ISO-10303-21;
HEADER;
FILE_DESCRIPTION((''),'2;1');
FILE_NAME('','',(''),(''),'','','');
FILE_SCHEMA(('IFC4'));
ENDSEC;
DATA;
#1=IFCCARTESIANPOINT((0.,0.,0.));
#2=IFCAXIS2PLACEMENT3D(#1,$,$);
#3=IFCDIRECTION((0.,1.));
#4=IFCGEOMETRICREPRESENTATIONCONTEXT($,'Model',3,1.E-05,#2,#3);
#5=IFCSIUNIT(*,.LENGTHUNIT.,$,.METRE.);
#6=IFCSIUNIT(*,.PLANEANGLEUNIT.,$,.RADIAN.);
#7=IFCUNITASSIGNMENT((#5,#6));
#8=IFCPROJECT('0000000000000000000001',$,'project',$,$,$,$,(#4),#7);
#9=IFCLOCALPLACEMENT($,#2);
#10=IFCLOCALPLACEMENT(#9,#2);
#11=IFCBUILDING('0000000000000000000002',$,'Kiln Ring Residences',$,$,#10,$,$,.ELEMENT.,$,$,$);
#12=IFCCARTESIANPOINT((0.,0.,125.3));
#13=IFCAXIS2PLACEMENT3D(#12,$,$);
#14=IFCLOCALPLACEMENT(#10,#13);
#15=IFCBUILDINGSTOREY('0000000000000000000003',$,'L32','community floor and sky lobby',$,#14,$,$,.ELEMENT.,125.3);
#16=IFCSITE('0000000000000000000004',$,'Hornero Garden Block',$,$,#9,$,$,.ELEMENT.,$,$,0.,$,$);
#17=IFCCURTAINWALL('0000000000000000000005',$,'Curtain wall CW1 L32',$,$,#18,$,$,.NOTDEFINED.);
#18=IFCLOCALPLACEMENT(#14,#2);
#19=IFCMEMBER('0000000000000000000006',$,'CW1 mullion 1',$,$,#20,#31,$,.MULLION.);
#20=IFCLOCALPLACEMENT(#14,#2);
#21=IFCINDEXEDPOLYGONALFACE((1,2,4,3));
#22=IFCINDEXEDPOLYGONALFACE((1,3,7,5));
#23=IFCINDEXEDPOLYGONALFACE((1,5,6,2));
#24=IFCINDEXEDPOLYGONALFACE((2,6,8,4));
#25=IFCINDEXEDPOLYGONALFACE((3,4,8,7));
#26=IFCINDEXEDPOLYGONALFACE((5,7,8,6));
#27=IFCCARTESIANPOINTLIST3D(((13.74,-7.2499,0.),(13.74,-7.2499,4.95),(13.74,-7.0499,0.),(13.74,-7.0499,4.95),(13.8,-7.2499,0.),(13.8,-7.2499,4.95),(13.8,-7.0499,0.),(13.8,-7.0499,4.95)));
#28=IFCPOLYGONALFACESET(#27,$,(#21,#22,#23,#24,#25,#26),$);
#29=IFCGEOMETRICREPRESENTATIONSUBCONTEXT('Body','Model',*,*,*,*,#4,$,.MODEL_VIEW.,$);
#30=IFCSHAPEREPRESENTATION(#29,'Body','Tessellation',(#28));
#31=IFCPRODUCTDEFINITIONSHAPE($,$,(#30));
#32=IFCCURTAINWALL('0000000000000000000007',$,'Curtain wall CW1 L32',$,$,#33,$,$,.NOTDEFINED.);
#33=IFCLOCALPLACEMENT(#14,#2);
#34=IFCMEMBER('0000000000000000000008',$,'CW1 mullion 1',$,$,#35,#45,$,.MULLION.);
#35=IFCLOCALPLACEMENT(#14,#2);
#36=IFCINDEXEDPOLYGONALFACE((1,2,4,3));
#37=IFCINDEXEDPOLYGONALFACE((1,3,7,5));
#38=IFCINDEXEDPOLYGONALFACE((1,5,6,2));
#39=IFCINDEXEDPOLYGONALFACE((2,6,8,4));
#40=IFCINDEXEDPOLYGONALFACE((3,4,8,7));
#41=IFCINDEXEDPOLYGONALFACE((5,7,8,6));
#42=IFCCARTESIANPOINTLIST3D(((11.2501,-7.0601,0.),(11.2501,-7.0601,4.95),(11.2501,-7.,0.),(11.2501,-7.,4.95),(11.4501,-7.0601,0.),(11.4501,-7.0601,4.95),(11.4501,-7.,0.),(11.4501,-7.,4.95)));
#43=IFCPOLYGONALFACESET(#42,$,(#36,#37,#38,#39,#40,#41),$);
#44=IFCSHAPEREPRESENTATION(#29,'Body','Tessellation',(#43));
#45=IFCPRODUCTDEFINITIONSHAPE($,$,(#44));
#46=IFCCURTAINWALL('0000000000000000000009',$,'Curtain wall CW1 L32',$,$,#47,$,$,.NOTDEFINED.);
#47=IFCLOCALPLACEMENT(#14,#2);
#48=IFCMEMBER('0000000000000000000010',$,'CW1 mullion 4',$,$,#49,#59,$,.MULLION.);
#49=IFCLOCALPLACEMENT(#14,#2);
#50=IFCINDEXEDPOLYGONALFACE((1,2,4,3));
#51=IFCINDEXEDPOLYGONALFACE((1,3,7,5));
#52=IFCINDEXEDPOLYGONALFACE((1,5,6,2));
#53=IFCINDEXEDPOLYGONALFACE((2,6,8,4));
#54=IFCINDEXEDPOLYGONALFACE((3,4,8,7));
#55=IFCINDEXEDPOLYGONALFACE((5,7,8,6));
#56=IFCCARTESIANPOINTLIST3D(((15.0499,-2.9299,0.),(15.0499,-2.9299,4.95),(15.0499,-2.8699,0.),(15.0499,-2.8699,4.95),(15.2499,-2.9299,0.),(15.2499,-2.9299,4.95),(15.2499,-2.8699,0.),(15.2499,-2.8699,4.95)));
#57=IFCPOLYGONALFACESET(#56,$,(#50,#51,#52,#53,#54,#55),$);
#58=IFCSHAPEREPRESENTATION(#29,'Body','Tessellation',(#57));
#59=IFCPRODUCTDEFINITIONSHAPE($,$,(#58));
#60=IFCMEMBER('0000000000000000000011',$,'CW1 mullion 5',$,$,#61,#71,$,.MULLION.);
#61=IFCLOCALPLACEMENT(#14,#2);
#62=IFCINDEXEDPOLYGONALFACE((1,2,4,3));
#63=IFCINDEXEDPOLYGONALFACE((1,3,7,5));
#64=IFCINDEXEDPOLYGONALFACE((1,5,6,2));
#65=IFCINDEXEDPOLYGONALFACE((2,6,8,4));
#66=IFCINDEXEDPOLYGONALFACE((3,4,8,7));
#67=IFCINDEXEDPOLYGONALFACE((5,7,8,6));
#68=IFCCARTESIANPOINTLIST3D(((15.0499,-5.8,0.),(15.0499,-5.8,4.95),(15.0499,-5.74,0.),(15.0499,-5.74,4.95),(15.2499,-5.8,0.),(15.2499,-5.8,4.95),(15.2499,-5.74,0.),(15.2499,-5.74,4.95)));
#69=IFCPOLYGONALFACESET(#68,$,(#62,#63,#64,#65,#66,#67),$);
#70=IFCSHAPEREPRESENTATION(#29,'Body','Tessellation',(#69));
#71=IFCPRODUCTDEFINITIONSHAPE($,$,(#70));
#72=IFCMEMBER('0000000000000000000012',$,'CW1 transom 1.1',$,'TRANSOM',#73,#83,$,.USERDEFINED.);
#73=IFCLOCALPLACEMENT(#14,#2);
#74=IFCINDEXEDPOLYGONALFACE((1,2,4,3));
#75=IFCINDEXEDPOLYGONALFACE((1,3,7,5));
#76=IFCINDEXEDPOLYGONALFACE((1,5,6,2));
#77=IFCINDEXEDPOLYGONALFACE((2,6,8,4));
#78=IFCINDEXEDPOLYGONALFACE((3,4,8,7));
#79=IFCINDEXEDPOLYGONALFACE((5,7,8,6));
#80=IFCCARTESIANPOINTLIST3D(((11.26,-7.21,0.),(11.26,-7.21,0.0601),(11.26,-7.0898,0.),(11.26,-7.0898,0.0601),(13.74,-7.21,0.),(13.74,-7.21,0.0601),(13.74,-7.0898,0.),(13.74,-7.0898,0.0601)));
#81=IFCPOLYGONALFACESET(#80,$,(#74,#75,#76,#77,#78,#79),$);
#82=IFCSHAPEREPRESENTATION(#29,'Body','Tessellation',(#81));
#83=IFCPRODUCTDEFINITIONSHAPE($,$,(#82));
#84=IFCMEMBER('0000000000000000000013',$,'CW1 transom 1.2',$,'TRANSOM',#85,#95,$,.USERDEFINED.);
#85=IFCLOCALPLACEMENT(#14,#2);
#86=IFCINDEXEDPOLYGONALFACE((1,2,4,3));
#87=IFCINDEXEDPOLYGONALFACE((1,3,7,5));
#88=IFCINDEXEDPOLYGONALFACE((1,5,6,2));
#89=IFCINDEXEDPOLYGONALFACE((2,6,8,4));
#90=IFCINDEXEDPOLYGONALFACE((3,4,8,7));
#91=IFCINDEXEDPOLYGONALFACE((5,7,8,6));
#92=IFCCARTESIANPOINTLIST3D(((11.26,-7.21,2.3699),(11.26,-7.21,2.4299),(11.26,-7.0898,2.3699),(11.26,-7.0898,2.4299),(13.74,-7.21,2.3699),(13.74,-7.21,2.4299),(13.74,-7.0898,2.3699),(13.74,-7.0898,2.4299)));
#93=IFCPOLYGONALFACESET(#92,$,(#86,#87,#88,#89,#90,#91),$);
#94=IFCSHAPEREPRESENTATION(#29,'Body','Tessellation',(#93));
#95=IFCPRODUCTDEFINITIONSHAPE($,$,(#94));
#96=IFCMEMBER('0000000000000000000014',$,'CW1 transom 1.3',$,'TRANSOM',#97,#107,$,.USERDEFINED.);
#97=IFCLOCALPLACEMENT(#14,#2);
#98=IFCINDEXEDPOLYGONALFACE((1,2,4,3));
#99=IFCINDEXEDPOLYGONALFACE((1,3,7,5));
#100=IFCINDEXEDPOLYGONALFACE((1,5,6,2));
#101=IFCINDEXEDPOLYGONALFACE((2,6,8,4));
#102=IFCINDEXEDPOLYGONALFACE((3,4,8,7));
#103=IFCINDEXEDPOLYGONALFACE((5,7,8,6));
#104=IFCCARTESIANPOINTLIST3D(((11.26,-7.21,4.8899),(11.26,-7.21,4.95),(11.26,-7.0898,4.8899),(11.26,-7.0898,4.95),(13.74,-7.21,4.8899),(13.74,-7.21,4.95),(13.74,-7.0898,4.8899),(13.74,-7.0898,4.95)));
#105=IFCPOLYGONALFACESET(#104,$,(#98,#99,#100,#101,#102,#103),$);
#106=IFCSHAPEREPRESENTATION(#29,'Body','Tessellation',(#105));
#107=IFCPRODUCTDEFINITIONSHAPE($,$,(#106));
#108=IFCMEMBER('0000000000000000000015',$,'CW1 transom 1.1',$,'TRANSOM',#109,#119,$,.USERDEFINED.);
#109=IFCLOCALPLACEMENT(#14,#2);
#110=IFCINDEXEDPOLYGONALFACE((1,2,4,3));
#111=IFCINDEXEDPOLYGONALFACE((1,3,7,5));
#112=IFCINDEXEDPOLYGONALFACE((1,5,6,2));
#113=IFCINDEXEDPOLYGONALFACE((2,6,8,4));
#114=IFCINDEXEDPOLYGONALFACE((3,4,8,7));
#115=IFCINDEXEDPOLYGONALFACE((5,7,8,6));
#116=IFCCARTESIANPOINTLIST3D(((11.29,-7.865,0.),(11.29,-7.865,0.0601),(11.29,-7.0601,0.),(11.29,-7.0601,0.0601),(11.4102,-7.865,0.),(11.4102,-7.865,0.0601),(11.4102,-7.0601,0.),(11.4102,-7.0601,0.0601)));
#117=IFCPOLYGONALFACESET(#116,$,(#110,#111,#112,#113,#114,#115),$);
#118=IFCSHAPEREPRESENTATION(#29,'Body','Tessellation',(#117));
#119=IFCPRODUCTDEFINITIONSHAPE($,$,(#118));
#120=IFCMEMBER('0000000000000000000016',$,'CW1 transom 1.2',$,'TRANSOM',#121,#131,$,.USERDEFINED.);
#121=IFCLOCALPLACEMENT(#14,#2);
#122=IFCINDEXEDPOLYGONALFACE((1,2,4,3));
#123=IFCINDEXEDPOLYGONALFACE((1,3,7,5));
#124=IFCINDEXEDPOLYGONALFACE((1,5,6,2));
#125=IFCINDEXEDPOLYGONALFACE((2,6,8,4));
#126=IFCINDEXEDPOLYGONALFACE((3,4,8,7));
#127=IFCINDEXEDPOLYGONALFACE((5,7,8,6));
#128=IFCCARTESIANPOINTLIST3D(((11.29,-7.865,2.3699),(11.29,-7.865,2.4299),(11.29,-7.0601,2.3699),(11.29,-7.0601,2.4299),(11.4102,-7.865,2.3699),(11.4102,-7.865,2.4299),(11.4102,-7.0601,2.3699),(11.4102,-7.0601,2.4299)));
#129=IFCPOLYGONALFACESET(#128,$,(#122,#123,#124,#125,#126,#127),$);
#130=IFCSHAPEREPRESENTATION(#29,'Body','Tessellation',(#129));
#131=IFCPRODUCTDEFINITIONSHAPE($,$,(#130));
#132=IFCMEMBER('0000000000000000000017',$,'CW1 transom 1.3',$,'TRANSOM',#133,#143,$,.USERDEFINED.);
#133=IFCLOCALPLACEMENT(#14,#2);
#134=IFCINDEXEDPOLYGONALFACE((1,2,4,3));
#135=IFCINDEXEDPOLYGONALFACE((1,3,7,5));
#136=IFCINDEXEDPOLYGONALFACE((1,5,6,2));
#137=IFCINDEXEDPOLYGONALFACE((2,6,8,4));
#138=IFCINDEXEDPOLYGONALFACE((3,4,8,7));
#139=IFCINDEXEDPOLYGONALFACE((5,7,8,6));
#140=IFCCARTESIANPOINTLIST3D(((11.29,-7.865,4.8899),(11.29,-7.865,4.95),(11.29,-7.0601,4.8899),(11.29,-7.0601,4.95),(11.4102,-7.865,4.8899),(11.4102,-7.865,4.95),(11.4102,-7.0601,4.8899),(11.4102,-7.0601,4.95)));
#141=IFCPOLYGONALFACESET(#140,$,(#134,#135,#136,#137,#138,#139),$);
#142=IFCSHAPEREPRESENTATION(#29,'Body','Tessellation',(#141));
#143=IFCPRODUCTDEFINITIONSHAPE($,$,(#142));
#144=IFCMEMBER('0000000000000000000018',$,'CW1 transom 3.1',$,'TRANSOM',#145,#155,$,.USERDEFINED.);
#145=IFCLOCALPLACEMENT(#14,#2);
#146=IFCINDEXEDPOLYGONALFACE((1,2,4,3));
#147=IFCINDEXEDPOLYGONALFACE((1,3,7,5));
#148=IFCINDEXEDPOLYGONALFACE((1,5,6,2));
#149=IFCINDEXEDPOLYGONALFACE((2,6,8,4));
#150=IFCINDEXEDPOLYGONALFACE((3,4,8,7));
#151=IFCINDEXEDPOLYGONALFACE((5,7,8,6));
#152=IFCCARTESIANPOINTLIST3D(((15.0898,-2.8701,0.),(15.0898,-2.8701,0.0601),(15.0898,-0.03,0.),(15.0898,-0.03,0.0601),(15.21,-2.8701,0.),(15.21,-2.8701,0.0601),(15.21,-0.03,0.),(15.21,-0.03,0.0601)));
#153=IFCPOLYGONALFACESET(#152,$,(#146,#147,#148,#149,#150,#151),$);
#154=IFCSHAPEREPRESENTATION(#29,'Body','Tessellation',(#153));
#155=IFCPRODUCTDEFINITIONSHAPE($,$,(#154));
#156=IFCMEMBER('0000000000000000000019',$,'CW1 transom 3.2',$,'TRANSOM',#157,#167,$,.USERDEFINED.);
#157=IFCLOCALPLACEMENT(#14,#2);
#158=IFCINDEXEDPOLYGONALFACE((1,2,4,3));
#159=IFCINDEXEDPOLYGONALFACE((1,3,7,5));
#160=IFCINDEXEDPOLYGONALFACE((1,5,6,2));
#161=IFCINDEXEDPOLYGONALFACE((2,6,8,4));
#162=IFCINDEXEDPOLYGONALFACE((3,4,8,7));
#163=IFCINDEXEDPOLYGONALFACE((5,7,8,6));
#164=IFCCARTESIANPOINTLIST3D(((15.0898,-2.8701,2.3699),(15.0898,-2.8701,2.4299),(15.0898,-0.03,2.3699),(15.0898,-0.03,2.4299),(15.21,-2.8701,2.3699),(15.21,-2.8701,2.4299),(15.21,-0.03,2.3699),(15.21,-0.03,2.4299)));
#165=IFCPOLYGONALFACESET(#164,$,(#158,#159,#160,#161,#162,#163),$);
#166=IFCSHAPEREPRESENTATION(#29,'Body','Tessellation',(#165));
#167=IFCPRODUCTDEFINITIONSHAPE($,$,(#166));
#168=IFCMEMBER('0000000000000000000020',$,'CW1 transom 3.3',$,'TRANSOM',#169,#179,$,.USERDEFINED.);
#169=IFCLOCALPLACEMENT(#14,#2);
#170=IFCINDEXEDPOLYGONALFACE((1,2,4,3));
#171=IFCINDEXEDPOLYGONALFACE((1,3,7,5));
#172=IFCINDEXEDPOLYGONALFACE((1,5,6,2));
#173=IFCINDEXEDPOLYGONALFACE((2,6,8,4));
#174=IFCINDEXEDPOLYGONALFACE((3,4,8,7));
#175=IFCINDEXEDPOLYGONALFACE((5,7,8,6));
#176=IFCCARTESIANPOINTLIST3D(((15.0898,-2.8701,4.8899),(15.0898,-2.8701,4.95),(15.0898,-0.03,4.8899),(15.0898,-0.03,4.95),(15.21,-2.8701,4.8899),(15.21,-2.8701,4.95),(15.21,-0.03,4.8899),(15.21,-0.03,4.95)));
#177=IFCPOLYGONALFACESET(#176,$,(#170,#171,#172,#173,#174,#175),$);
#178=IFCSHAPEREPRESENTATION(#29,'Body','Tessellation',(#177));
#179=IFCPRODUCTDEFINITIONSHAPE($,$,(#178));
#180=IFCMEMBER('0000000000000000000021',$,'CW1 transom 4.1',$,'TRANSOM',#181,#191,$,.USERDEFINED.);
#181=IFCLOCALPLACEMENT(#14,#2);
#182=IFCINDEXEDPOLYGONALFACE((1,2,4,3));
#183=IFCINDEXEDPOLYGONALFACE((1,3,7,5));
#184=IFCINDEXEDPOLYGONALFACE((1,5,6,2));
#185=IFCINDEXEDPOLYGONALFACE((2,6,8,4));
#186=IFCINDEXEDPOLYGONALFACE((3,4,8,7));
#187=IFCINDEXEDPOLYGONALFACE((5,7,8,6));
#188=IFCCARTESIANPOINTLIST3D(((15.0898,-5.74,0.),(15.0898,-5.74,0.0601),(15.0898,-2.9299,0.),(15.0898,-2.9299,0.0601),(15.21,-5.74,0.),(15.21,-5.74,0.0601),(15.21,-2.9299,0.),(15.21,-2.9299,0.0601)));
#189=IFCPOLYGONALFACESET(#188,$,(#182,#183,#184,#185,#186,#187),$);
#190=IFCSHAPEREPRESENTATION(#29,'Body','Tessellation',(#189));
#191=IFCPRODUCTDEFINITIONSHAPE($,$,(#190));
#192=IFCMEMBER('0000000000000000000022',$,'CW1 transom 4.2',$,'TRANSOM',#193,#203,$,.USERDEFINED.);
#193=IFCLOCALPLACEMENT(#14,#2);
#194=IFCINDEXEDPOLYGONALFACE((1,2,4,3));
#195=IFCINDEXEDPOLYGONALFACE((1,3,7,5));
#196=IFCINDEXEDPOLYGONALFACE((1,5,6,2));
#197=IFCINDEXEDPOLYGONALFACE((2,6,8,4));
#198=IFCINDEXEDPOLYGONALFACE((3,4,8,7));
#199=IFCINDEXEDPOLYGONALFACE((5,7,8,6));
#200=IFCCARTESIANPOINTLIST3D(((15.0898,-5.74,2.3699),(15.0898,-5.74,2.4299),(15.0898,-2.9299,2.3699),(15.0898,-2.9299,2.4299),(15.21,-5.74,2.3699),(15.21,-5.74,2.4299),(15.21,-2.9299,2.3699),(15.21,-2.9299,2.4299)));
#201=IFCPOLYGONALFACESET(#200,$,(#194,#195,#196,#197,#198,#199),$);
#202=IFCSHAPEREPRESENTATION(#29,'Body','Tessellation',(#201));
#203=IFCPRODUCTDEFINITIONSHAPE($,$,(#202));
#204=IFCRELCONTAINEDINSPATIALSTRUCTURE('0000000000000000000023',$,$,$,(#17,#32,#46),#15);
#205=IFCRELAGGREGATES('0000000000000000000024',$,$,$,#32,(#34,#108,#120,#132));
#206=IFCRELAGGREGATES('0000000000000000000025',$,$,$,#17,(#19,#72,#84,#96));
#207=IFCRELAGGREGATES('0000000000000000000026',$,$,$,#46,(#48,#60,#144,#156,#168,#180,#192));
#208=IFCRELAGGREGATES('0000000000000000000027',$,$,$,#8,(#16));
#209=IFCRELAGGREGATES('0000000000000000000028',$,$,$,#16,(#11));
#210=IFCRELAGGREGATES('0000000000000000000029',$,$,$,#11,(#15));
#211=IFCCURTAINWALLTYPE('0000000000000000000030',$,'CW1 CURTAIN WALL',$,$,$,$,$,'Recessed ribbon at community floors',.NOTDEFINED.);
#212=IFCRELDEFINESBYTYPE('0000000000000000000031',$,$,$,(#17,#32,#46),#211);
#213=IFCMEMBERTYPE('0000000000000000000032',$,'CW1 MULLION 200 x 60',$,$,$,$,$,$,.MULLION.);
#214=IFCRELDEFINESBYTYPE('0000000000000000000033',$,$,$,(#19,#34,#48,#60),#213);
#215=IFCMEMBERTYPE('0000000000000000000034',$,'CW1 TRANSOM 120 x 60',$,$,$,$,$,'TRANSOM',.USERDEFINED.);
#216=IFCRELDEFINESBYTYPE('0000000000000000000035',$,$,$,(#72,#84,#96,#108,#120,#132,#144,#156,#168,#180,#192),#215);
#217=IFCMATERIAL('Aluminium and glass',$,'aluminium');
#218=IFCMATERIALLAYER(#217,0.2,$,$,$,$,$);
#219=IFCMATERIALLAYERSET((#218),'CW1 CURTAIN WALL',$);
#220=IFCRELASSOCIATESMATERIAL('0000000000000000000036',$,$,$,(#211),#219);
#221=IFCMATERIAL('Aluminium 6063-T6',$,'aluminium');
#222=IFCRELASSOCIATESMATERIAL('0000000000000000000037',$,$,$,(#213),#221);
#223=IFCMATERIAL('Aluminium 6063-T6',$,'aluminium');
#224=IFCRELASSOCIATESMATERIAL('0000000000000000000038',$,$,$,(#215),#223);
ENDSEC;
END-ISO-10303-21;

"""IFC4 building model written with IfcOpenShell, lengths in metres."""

from ifc_helpers import new_model, si_unit, direction, frame, origin, origin_2d, place, context, subcontext, project, spatial, rectangle, extrude, material, layer, layer_set, material_profile, profile_set, type_object, element, aggregate, save


model = new_model("IFC4")

# Units and contexts
model_context = context("Model", 3, precision=1e-05, world=origin(), true_north=direction((0.0, 1.0)))
body_context = subcontext(model_context, "Body", "Model", "MODEL_VIEW")
ifc_project = project(units=[si_unit("LENGTHUNIT", "METRE"), si_unit("PLANEANGLEUNIT", "RADIAN")], contexts=[model_context])

# Site, building, storey
site_placement = place(None, origin())
site = spatial("IfcSite", under=ifc_project, at=site_placement, Name="Hornero Garden Block", CompositionType="ELEMENT", RefElevation=0.0)
building_placement = place(site_placement, origin())
building = spatial("IfcBuilding", under=site, at=building_placement, Name="Kiln Ring Residences", CompositionType="ELEMENT")
storey_placement = place(building_placement, frame((0.0, 0.0, 125.3)))
storey = spatial("IfcBuildingStorey", under=building, at=storey_placement, Name="L32", Description="community floor and sky lobby", CompositionType="ELEMENT", Elevation=125.3)

# Curtain walls, members
ifc_material_1 = material(Name="Aluminium and glass", Category="aluminium")
ifc_layer_1 = layer(ifc_material_1, 0.2)
ifc_layer_set_1 = layer_set([ifc_layer_1], Name="CW1 CURTAIN WALL")
curtain_wall_type = type_object("IfcCurtainWallType", Name="CW1 CURTAIN WALL", ElementType="Recessed ribbon at community floors", PredefinedType="NOTDEFINED", material=ifc_layer_set_1)
placement = place(storey_placement, origin())
curtain_wall_1 = element("IfcCurtainWall", 1, at=placement, inside=storey, type_object=curtain_wall_type, Name="Curtain wall CW1 L32", PredefinedType="NOTDEFINED")
ifc_material_2 = material(Name="Aluminium 6063-T6", Category="aluminium")
ifc_material_profile_1 = material_profile(ifc_material_2, rectangle(XDim=0.2, YDim=0.0601, at=origin_2d()), Name="AL 200x60")
ifc_profile_set_1 = profile_set([ifc_material_profile_1], Name="Aluminium 6063-T6")
member_type_1 = type_object("IfcMemberType", Name="CW1 MULLION 200 x 60", PredefinedType="MULLION", material=ifc_profile_set_1)
member_1_placement = place(storey_placement, frame((13.77, -7.1499, 0.0), z_axis=(0.0, 0.0, 1.0), x_axis=(0.0, -1.0, 0.0)))
member_1 = element("IfcMember", 2, at=member_1_placement, type_object=member_type_1, Name="CW1 mullion 1", PredefinedType="MULLION", context=body_context, shape_type="SweptSolid", body=[
    extrude(rectangle(XDim=0.2, YDim=0.0601, at=origin_2d()), origin(), (0.0, 0.0, 1.0), 4.95),
])
curtain_wall_2 = element("IfcCurtainWall", 3, at=placement, inside=storey, type_object=curtain_wall_type, Name="Curtain wall CW1 L32", PredefinedType="NOTDEFINED")
member_2_placement = place(storey_placement, frame((11.3501, -7.03, 0.0), z_axis=(0.0, 0.0, 1.0), x_axis=(1.0, 0.0, 0.0)))
member_2 = element("IfcMember", 4, at=member_2_placement, type_object=member_type_1, Name="CW1 mullion 1", PredefinedType="MULLION", context=body_context, shape_type="SweptSolid", body=[
    extrude(rectangle(XDim=0.2, YDim=0.0601, at=origin_2d()), origin(), (0.0, 0.0, 1.0), 4.95),
])

# Curtain wall, members
curtain_wall_3 = element("IfcCurtainWall", 5, at=placement, inside=storey, type_object=curtain_wall_type, Name="Curtain wall CW1 L32", PredefinedType="NOTDEFINED")
member_3_placement = place(storey_placement, frame((15.1499, -2.8999, 0.0), z_axis=(0.0, 0.0, 1.0), x_axis=(1.0, 0.0, 0.0)))
member_3 = element("IfcMember", 6, at=member_3_placement, type_object=member_type_1, Name="CW1 mullion 4", PredefinedType="MULLION", context=body_context, shape_type="SweptSolid", body=[
    extrude(rectangle(XDim=0.2, YDim=0.0601, at=origin_2d()), origin(), (0.0, 0.0, 1.0), 4.95),
])
member_4_placement = place(storey_placement, frame((15.1499, -5.77, 0.0), z_axis=(0.0, 0.0, 1.0), x_axis=(1.0, 0.0, 0.0)))
member_4 = element("IfcMember", 7, at=member_4_placement, type_object=member_type_1, Name="CW1 mullion 5", PredefinedType="MULLION", context=body_context, shape_type="SweptSolid", body=[
    extrude(rectangle(XDim=0.2, YDim=0.0601, at=origin_2d()), origin(), (0.0, 0.0, 1.0), 4.95),
])

# Members
ifc_material_3 = material(Name="Aluminium 6063-T6", Category="aluminium")
ifc_material_profile_2 = material_profile(ifc_material_3, rectangle(XDim=0.1201, YDim=0.0601, at=origin_2d()), Name="AL 120x60")
ifc_profile_set_2 = profile_set([ifc_material_profile_2], Name="Aluminium 6063-T6")
member_type_2 = type_object("IfcMemberType", Name="CW1 TRANSOM 120 x 60", ElementType="TRANSOM", PredefinedType="USERDEFINED", material=ifc_profile_set_2)
member_5_placement = place(storey_placement, frame((13.74, -7.1499, 0.03), z_axis=(-1.0, 0.0, 0.0), x_axis=(0.0, -1.0, 0.0)))
member_5 = element("IfcMember", 8, at=member_5_placement, type_object=member_type_2, Name="CW1 transom 1.1", ObjectType="TRANSOM", PredefinedType="USERDEFINED", context=body_context, shape_type="SweptSolid", body=[
    extrude(rectangle(XDim=0.1201, YDim=0.0601, at=origin_2d()), origin(), (0.0, 0.0, 1.0), 2.48),
])
member_6_placement = place(storey_placement, frame((13.74, -7.1499, 2.3999), z_axis=(-1.0, 0.0, 0.0), x_axis=(0.0, -1.0, 0.0)))
member_6 = element("IfcMember", 9, at=member_6_placement, type_object=member_type_2, Name="CW1 transom 1.2", ObjectType="TRANSOM", PredefinedType="USERDEFINED", context=body_context, shape_type="SweptSolid", body=[
    extrude(rectangle(XDim=0.1201, YDim=0.0601, at=origin_2d()), origin(), (0.0, 0.0, 1.0), 2.48),
])
member_7_placement = place(storey_placement, frame((13.74, -7.1499, 4.9199), z_axis=(-1.0, 0.0, 0.0), x_axis=(0.0, -1.0, 0.0)))
member_7 = element("IfcMember", 10, at=member_7_placement, type_object=member_type_2, Name="CW1 transom 1.3", ObjectType="TRANSOM", PredefinedType="USERDEFINED", context=body_context, shape_type="SweptSolid", body=[
    extrude(rectangle(XDim=0.1201, YDim=0.0601, at=origin_2d()), origin(), (0.0, 0.0, 1.0), 2.48),
])
member_8_placement = place(storey_placement, frame((11.3501, -7.0601, 0.03), z_axis=(0.0, -1.0, 0.0), x_axis=(1.0, 0.0, 0.0)))
member_8 = element("IfcMember", 11, at=member_8_placement, type_object=member_type_2, Name="CW1 transom 1.1", ObjectType="TRANSOM", PredefinedType="USERDEFINED", context=body_context, shape_type="SweptSolid", body=[
    extrude(rectangle(XDim=0.1201, YDim=0.0601, at=origin_2d()), origin(), (0.0, 0.0, 1.0), 0.8049),
])
member_9_placement = place(storey_placement, frame((11.3501, -7.0601, 2.3999), z_axis=(0.0, -1.0, 0.0), x_axis=(1.0, 0.0, 0.0)))
member_9 = element("IfcMember", 12, at=member_9_placement, type_object=member_type_2, Name="CW1 transom 1.2", ObjectType="TRANSOM", PredefinedType="USERDEFINED", context=body_context, shape_type="SweptSolid", body=[
    extrude(rectangle(XDim=0.1201, YDim=0.0601, at=origin_2d()), origin(), (0.0, 0.0, 1.0), 0.8049),
])
member_10_placement = place(storey_placement, frame((11.3501, -7.0601, 4.9199), z_axis=(0.0, -1.0, 0.0), x_axis=(1.0, 0.0, 0.0)))
member_10 = element("IfcMember", 13, at=member_10_placement, type_object=member_type_2, Name="CW1 transom 1.3", ObjectType="TRANSOM", PredefinedType="USERDEFINED", context=body_context, shape_type="SweptSolid", body=[
    extrude(rectangle(XDim=0.1201, YDim=0.0601, at=origin_2d()), origin(), (0.0, 0.0, 1.0), 0.8049),
])
aggregate(curtain_wall_2, [member_2, member_8, member_9, member_10])
member_11_placement = place(storey_placement, frame((15.1499, -0.03, 0.03), z_axis=(0.0, -1.0, 0.0), x_axis=(1.0, 0.0, 0.0)))
member_11 = element("IfcMember", 14, at=member_11_placement, type_object=member_type_2, Name="CW1 transom 3.1", ObjectType="TRANSOM", PredefinedType="USERDEFINED", context=body_context, shape_type="SweptSolid", body=[
    extrude(rectangle(XDim=0.1201, YDim=0.0601, at=origin_2d()), origin(), (0.0, 0.0, 1.0), 2.8401),
])
member_12_placement = place(storey_placement, frame((15.1499, -0.03, 2.3999), z_axis=(0.0, -1.0, 0.0), x_axis=(1.0, 0.0, 0.0)))
member_12 = element("IfcMember", 15, at=member_12_placement, type_object=member_type_2, Name="CW1 transom 3.2", ObjectType="TRANSOM", PredefinedType="USERDEFINED", context=body_context, shape_type="SweptSolid", body=[
    extrude(rectangle(XDim=0.1201, YDim=0.0601, at=origin_2d()), origin(), (0.0, 0.0, 1.0), 2.8401),
])
member_13_placement = place(storey_placement, frame((15.1499, -0.03, 4.9199), z_axis=(0.0, -1.0, 0.0), x_axis=(1.0, 0.0, 0.0)))
member_13 = element("IfcMember", 16, at=member_13_placement, type_object=member_type_2, Name="CW1 transom 3.3", ObjectType="TRANSOM", PredefinedType="USERDEFINED", context=body_context, shape_type="SweptSolid", body=[
    extrude(rectangle(XDim=0.1201, YDim=0.0601, at=origin_2d()), origin(), (0.0, 0.0, 1.0), 2.8401),
])
member_14_placement = place(storey_placement, frame((15.1499, -2.9299, 0.03), z_axis=(0.0, -1.0, 0.0), x_axis=(1.0, 0.0, 0.0)))
member_14 = element("IfcMember", 17, at=member_14_placement, type_object=member_type_2, Name="CW1 transom 4.1", ObjectType="TRANSOM", PredefinedType="USERDEFINED", context=body_context, shape_type="SweptSolid", body=[
    extrude(rectangle(XDim=0.1201, YDim=0.0601, at=origin_2d()), origin(), (0.0, 0.0, 1.0), 2.8101),
])
member_15_placement = place(storey_placement, frame((15.1499, -2.9299, 2.3999), z_axis=(0.0, -1.0, 0.0), x_axis=(1.0, 0.0, 0.0)))
member_15 = element("IfcMember", 18, at=member_15_placement, type_object=member_type_2, Name="CW1 transom 4.2", ObjectType="TRANSOM", PredefinedType="USERDEFINED", context=body_context, shape_type="SweptSolid", body=[
    extrude(rectangle(XDim=0.1201, YDim=0.0601, at=origin_2d()), origin(), (0.0, 0.0, 1.0), 2.8101),
])

aggregate(curtain_wall_1, [member_1, member_5, member_6, member_7])
aggregate(curtain_wall_3, [member_3, member_4, member_11, member_12, member_13, member_14, member_15])

save(model, "model.ifc")
